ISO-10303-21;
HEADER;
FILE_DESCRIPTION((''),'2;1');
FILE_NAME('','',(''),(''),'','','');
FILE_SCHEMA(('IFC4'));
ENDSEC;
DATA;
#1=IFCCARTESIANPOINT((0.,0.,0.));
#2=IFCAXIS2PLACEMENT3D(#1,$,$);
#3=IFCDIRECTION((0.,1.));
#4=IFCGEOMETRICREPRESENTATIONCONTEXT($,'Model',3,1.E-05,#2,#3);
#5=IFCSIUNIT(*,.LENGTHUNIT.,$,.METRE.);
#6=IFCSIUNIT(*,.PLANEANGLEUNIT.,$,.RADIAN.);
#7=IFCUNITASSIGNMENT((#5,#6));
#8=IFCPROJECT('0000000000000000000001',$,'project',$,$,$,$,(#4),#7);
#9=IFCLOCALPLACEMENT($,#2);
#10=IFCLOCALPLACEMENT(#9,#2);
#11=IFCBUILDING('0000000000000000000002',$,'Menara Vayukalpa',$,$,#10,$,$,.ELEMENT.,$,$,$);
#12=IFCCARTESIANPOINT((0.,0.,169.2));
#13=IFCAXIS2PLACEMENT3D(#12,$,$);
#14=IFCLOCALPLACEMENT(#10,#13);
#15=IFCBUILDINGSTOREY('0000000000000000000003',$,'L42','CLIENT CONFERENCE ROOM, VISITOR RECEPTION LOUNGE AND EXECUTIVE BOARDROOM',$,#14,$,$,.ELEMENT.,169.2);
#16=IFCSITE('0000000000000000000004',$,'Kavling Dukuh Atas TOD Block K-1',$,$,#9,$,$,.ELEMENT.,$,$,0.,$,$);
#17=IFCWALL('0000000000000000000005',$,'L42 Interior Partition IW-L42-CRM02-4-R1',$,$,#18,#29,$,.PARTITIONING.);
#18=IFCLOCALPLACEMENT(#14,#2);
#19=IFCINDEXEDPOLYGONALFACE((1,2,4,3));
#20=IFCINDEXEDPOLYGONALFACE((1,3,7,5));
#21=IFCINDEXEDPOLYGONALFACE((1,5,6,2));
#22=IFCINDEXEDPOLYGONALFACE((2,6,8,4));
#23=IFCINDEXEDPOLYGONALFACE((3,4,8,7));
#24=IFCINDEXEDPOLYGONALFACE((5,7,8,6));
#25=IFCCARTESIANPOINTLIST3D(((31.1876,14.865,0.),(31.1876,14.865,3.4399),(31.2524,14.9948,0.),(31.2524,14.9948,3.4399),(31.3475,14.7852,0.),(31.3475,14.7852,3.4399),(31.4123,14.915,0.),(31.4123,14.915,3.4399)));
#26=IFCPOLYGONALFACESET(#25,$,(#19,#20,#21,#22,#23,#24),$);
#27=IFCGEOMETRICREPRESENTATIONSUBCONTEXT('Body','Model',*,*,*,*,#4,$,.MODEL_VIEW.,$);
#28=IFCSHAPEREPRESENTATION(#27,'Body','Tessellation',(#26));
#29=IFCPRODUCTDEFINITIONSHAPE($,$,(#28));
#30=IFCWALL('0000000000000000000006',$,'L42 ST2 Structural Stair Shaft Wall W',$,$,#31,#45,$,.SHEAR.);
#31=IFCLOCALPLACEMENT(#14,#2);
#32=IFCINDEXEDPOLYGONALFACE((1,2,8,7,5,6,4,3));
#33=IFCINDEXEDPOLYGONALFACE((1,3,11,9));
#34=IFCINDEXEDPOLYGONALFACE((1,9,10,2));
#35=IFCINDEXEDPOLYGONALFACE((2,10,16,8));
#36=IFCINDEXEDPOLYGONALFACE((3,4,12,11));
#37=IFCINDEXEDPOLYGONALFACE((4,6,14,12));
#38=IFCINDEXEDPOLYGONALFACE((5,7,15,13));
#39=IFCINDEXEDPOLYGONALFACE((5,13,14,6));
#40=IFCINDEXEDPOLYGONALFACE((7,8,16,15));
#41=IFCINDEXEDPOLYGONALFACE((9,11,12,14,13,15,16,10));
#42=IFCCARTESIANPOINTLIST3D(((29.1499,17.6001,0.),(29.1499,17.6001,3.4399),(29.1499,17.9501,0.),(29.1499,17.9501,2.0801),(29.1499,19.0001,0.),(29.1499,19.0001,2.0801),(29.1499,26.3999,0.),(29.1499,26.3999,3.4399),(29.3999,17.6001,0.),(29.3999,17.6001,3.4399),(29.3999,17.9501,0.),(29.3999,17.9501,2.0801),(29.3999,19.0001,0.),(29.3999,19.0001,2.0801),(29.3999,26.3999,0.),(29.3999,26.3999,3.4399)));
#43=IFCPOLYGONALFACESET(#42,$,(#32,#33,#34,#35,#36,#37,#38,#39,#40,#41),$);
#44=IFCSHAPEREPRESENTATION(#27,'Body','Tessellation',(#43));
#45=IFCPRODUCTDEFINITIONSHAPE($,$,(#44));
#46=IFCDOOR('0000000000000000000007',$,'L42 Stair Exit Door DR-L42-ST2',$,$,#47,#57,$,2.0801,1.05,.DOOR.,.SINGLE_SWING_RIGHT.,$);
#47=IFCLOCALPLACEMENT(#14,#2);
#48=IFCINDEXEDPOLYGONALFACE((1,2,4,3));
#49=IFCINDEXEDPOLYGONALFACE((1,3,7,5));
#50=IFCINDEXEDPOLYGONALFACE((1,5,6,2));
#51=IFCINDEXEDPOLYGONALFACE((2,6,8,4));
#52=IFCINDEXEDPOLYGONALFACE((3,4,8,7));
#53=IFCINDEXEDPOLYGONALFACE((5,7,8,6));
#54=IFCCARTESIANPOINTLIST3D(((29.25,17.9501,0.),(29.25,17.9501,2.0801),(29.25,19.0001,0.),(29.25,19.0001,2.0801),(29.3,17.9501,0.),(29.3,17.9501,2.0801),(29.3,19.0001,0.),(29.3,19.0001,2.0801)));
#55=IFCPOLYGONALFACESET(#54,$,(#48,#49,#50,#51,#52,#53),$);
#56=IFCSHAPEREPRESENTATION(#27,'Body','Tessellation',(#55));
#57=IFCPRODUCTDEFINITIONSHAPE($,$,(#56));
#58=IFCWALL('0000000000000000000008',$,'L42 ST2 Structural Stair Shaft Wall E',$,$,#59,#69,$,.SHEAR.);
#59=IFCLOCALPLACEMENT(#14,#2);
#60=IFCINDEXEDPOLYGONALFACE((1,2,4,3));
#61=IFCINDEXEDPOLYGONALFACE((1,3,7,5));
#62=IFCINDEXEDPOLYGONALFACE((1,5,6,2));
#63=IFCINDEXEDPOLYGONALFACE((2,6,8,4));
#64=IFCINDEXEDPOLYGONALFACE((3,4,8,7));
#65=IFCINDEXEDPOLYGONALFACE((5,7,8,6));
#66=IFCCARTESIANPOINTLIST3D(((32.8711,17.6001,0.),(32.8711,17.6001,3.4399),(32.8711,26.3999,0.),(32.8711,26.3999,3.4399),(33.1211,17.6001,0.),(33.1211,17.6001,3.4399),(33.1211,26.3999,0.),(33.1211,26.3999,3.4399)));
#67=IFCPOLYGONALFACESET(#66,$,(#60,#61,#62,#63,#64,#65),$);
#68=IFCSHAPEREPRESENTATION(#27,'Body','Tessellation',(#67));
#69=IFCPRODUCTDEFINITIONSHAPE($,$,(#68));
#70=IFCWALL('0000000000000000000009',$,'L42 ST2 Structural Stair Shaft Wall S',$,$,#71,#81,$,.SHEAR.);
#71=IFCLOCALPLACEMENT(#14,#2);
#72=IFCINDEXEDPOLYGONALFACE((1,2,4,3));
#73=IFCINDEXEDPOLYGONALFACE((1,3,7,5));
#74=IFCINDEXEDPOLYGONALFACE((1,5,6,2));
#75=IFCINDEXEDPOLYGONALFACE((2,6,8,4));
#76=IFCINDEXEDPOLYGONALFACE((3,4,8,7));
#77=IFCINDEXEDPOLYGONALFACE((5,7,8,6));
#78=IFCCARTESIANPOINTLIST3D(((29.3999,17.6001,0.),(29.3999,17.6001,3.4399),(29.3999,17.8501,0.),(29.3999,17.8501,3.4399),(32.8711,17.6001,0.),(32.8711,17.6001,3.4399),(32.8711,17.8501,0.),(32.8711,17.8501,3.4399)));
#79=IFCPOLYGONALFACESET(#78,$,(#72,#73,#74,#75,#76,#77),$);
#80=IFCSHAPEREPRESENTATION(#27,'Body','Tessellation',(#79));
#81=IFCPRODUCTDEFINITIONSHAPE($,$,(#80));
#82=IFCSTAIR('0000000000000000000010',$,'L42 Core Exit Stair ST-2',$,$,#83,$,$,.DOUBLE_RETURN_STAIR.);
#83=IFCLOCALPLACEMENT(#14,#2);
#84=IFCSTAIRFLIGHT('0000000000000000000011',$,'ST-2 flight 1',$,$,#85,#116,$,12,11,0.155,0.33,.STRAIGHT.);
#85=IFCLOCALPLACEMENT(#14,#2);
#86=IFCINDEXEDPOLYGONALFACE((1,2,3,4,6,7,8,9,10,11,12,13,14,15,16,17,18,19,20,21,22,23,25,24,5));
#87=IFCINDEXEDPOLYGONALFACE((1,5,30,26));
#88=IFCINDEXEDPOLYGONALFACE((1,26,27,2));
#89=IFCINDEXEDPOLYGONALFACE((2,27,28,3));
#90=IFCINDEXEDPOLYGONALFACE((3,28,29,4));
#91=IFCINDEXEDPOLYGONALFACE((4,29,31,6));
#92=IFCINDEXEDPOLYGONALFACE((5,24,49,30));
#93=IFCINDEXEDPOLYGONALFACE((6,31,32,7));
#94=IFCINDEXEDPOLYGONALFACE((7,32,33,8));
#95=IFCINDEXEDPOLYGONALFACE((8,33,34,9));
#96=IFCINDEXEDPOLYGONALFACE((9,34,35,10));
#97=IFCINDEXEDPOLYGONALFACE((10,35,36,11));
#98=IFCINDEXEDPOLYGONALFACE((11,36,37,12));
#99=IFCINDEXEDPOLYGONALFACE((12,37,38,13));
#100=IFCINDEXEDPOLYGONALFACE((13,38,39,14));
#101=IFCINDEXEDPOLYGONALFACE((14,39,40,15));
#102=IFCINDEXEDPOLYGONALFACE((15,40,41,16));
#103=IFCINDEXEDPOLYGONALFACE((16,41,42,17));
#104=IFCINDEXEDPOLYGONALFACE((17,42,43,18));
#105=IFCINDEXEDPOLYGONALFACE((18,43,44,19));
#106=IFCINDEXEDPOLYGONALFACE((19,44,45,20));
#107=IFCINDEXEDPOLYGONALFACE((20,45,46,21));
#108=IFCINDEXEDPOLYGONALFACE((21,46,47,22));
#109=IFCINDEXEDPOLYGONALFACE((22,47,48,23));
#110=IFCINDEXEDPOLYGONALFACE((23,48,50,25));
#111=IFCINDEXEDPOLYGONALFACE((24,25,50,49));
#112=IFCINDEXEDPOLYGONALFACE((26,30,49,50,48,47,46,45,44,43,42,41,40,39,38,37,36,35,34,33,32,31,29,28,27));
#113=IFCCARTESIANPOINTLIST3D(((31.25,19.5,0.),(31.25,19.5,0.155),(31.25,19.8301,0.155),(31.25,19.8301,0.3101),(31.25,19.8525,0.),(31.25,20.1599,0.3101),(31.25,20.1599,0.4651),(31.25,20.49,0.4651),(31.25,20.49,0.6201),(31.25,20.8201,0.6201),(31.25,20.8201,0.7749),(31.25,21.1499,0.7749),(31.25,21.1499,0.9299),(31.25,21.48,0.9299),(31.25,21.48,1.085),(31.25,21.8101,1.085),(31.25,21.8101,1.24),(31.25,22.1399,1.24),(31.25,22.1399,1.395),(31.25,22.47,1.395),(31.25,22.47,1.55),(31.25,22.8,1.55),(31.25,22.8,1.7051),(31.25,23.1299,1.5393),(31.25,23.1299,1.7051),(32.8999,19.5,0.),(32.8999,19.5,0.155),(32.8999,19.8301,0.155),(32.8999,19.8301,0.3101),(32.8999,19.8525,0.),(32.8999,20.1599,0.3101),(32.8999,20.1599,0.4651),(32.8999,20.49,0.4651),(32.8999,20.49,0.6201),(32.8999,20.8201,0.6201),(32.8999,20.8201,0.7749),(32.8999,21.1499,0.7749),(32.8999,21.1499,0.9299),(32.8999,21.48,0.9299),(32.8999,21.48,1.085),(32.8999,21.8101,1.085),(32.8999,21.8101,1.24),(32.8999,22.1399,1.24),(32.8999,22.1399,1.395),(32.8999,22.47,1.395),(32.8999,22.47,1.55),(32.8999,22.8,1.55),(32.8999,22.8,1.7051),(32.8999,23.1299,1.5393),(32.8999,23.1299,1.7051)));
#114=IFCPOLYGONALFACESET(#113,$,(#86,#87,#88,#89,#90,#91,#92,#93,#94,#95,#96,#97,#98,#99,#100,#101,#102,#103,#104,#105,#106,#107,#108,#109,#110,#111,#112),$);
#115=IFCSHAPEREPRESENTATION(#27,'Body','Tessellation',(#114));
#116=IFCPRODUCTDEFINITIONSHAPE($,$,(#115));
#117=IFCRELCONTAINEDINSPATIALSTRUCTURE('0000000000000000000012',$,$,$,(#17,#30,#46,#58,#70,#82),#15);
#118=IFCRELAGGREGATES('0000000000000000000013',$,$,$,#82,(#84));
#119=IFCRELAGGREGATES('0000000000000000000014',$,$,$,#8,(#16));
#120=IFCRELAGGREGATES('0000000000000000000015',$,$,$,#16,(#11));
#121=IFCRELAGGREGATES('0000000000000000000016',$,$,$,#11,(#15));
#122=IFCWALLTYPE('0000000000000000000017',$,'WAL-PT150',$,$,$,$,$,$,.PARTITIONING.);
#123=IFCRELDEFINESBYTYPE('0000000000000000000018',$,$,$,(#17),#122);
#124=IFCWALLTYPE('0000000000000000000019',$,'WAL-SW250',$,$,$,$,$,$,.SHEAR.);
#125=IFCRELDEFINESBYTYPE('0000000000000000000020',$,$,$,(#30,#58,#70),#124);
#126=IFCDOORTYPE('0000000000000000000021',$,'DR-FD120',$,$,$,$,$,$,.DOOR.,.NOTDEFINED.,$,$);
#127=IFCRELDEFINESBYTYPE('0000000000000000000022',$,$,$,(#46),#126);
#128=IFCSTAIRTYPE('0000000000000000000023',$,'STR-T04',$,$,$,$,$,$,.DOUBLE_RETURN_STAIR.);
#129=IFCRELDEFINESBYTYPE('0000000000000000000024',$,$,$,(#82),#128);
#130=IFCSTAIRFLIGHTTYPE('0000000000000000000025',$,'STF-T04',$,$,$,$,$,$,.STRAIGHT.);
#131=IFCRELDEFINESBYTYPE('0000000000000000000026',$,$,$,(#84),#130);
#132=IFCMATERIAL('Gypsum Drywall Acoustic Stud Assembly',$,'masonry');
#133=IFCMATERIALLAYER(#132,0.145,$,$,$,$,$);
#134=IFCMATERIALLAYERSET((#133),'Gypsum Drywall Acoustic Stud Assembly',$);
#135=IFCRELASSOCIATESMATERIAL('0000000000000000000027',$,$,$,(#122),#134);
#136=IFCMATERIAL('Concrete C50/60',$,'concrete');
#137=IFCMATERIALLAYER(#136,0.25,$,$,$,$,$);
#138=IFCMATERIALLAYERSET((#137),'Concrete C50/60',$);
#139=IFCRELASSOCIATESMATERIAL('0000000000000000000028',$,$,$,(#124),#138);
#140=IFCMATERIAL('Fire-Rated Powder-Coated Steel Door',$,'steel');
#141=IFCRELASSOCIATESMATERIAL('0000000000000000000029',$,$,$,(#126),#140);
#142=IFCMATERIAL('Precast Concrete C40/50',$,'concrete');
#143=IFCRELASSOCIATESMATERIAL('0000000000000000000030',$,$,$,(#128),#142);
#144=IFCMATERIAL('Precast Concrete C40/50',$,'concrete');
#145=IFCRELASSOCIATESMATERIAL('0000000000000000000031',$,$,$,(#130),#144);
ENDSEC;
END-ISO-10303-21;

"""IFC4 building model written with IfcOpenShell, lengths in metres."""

from ifc_helpers import new_model, si_unit, direction, frame, frame_2d, origin, place, context, subcontext, project, spatial, polyline, rectangle, outline, extrude, material, layer, layer_set, type_object, element, fill, aggregate, save


model = new_model("IFC4")

# Units and contexts
model_context = context("Model", 3, precision=1e-05, world=origin(), true_north=direction((0.0, 1.0)))
body_context = subcontext(model_context, "Body", "Model", "MODEL_VIEW")
ifc_project = project(units=[si_unit("LENGTHUNIT", "METRE"), si_unit("PLANEANGLEUNIT", "RADIAN")], contexts=[model_context])

# Site, building, storey
site_placement = place(None, origin())
site = spatial("IfcSite", under=ifc_project, at=site_placement, Name="Kavling Dukuh Atas TOD Block K-1", CompositionType="ELEMENT", RefElevation=0.0)
building_placement = place(site_placement, origin())
building = spatial("IfcBuilding", under=site, at=building_placement, Name="Menara Vayukalpa", CompositionType="ELEMENT")
storey_placement = place(building_placement, frame((0.0, 0.0, 169.2)))
storey = spatial("IfcBuildingStorey", under=building, at=storey_placement, Name="L42", Description="CLIENT CONFERENCE ROOM, VISITOR RECEPTION LOUNGE AND EXECUTIVE BOARDROOM", CompositionType="ELEMENT", Elevation=169.2)

# Shared definitions
ifc_material_1 = material(Name="Gypsum Drywall Acoustic Stud Assembly", Category="masonry")
ifc_layer_1 = layer(ifc_material_1, 0.145)
ifc_layer_set_1 = layer_set([ifc_layer_1], Name="Gypsum Drywall Acoustic Stud Assembly")
wall_type_1 = type_object("IfcWallType", Name="WAL-PT150", PredefinedType="PARTITIONING", material=ifc_layer_set_1)

# Wall
wall_1_placement = place(storey_placement, frame((31.3799, 14.8501, 0.0), z_axis=(0.0, 0.0, 1.0), x_axis=(-0.8947, 0.446667, 0.0)))
element("IfcWall", 1, at=wall_1_placement, inside=storey, type_object=wall_type_1, Name="L42 Interior Partition IW-L42-CRM02-4-R1", PredefinedType="PARTITIONING", context=body_context, shape_type="SweptSolid", body=[
    extrude(rectangle(XDim=0.1787, YDim=0.145, at=frame_2d((0.0894, 0.0))), origin(), (0.0, 0.0, 1.0), 3.4399),
])

# Wall, opening, door
ifc_material_2 = material(Name="Concrete C50/60", Category="concrete")
ifc_layer_2 = layer(ifc_material_2, 0.25)
ifc_layer_set_2 = layer_set([ifc_layer_2], Name="Concrete C50/60")
wall_type_2 = type_object("IfcWallType", Name="WAL-SW250", PredefinedType="SHEAR", material=ifc_layer_set_2)
wall_2_placement = place(storey_placement, frame((29.2749, 17.6001, 0.0), z_axis=(0.0, 0.0, 1.0), x_axis=(0.0, 1.0, 0.0)))
wall_2 = element("IfcWall", 2, at=wall_2_placement, inside=storey, type_object=wall_type_2, Name="L42 ST2 Structural Stair Shaft Wall W", PredefinedType="SHEAR", context=body_context, shape_type="SweptSolid", body=[
    extrude(rectangle(XDim=8.7998, YDim=0.25, at=frame_2d((4.3999, 0.0))), origin(), (0.0, 0.0, 1.0), 3.4399),
])
opening_1_placement = place(wall_2_placement, frame((0.3501, 0.0, 0.0)))
opening_1 = element("IfcOpeningElement", 3, at=opening_1_placement, cuts=wall_2, PredefinedType="OPENING", context=body_context, shape_type="SweptSolid", body=[
    extrude(rectangle(XDim=1.05, YDim=2.0801, at=frame_2d((0.5249, 1.04))), frame((0.0, 0.135, 0.0), z_axis=(0.0, -1.0, 0.0), x_axis=(1.0, 0.0, 0.0)), (0.0, 0.0, 1.0), 0.27),
])
ifc_material_3 = material(Name="Fire-Rated Powder-Coated Steel Door", Category="steel")
door_type_1 = type_object("IfcDoorType", Name="DR-FD120", OperationType="NOTDEFINED", PredefinedType="DOOR", material=ifc_material_3)
door_1_placement = place(opening_1_placement, origin())
door_1 = element("IfcDoor", 4, at=door_1_placement, inside=storey, type_object=door_type_1, Name="L42 Stair Exit Door DR-L42-ST2", OperationType="SINGLE_SWING_RIGHT", OverallHeight=2.0801, OverallWidth=1.05, PredefinedType="DOOR", context=body_context, shape_type="SweptSolid", body=[
    extrude(rectangle(XDim=1.05, YDim=2.0801, at=frame_2d((0.5249, 1.04))), frame((0.0, 0.0249, 0.0), z_axis=(0.0, -1.0, 0.0), x_axis=(1.0, 0.0, 0.0)), (0.0, 0.0, 1.0), 0.05),
])
fill(opening_1, door_1)

# Walls
wall_3_placement = place(storey_placement, frame((32.9961, 17.6001, 0.0), z_axis=(0.0, 0.0, 1.0), x_axis=(0.0, 1.0, 0.0)))
element("IfcWall", 5, at=wall_3_placement, inside=storey, type_object=wall_type_2, Name="L42 ST2 Structural Stair Shaft Wall E", PredefinedType="SHEAR", context=body_context, shape_type="SweptSolid", body=[
    extrude(rectangle(XDim=8.7998, YDim=0.25, at=frame_2d((4.3999, 0.0))), origin(), (0.0, 0.0, 1.0), 3.4399),
])
wall_4_placement = place(storey_placement, frame((29.3999, 17.7251, 0.0), z_axis=(0.0, 0.0, 1.0), x_axis=(1.0, 0.0, 0.0)))
element("IfcWall", 6, at=wall_4_placement, inside=storey, type_object=wall_type_2, Name="L42 ST2 Structural Stair Shaft Wall S", PredefinedType="SHEAR", context=body_context, shape_type="SweptSolid", body=[
    extrude(rectangle(XDim=3.4712, YDim=0.25, at=frame_2d((1.7356, 0.0))), origin(), (0.0, 0.0, 1.0), 3.4399),
])

# Stair, stair flight
ifc_material_4 = material(Name="Precast Concrete C40/50", Category="concrete")
stair_type = type_object("IfcStairType", Name="STR-T04", PredefinedType="DOUBLE_RETURN_STAIR", material=ifc_material_4)
stair_placement = place(storey_placement, origin())
stair = element("IfcStair", 7, at=stair_placement, inside=storey, type_object=stair_type, Name="L42 Core Exit Stair ST-2", PredefinedType="DOUBLE_RETURN_STAIR")
ifc_material_5 = material(Name="Precast Concrete C40/50", Category="concrete")
stair_flight_type = type_object("IfcStairFlightType", Name="STF-T04", PredefinedType="STRAIGHT", material=ifc_material_5)
stair_flight_placement = place(storey_placement, frame((32.075, 19.5, 0.0), z_axis=(0.0, 0.0, 1.0), x_axis=(0.0, 1.0, 0.0)))
stair_flight = element("IfcStairFlight", 8, at=stair_flight_placement, type_object=stair_flight_type, Name="ST-2 flight 1", NumberOfRisers=12, NumberOfTreads=11, PredefinedType="STRAIGHT", RiserHeight=0.155, TreadLength=0.33, context=body_context, shape_type="SweptSolid", body=[
    extrude(outline(polyline([(0.0, 0.0), (0.0, 0.155), (0.3301, 0.155), (0.3301, 0.3101), (0.6599, 0.3101), (0.6599, 0.4651), (0.99, 0.4651), (0.99, 0.6201), (1.3201, 0.6201), (1.3201, 0.7749), (1.6499, 0.7749), (1.6499, 0.9299), (1.98, 0.9299), (1.98, 1.085), (2.3101, 1.085), (2.3101, 1.24), (2.6399, 1.24), (2.6399, 1.395), (2.97, 1.395), (2.97, 1.55), (3.3, 1.55), (3.3, 1.7051), (3.6299, 1.7051), (3.6299, 1.8601), (3.6299, 1.5393), (0.3525, 0.0), (0.0, 0.0)])), frame((0.0, 0.825, 0.0), z_axis=(0.0, -1.0, 0.0), x_axis=(1.0, 0.0, 0.0)), (0.0, 0.0, 1.0), 1.6499),
])
aggregate(stair, [stair_flight])

save(model, "model.ifc")
